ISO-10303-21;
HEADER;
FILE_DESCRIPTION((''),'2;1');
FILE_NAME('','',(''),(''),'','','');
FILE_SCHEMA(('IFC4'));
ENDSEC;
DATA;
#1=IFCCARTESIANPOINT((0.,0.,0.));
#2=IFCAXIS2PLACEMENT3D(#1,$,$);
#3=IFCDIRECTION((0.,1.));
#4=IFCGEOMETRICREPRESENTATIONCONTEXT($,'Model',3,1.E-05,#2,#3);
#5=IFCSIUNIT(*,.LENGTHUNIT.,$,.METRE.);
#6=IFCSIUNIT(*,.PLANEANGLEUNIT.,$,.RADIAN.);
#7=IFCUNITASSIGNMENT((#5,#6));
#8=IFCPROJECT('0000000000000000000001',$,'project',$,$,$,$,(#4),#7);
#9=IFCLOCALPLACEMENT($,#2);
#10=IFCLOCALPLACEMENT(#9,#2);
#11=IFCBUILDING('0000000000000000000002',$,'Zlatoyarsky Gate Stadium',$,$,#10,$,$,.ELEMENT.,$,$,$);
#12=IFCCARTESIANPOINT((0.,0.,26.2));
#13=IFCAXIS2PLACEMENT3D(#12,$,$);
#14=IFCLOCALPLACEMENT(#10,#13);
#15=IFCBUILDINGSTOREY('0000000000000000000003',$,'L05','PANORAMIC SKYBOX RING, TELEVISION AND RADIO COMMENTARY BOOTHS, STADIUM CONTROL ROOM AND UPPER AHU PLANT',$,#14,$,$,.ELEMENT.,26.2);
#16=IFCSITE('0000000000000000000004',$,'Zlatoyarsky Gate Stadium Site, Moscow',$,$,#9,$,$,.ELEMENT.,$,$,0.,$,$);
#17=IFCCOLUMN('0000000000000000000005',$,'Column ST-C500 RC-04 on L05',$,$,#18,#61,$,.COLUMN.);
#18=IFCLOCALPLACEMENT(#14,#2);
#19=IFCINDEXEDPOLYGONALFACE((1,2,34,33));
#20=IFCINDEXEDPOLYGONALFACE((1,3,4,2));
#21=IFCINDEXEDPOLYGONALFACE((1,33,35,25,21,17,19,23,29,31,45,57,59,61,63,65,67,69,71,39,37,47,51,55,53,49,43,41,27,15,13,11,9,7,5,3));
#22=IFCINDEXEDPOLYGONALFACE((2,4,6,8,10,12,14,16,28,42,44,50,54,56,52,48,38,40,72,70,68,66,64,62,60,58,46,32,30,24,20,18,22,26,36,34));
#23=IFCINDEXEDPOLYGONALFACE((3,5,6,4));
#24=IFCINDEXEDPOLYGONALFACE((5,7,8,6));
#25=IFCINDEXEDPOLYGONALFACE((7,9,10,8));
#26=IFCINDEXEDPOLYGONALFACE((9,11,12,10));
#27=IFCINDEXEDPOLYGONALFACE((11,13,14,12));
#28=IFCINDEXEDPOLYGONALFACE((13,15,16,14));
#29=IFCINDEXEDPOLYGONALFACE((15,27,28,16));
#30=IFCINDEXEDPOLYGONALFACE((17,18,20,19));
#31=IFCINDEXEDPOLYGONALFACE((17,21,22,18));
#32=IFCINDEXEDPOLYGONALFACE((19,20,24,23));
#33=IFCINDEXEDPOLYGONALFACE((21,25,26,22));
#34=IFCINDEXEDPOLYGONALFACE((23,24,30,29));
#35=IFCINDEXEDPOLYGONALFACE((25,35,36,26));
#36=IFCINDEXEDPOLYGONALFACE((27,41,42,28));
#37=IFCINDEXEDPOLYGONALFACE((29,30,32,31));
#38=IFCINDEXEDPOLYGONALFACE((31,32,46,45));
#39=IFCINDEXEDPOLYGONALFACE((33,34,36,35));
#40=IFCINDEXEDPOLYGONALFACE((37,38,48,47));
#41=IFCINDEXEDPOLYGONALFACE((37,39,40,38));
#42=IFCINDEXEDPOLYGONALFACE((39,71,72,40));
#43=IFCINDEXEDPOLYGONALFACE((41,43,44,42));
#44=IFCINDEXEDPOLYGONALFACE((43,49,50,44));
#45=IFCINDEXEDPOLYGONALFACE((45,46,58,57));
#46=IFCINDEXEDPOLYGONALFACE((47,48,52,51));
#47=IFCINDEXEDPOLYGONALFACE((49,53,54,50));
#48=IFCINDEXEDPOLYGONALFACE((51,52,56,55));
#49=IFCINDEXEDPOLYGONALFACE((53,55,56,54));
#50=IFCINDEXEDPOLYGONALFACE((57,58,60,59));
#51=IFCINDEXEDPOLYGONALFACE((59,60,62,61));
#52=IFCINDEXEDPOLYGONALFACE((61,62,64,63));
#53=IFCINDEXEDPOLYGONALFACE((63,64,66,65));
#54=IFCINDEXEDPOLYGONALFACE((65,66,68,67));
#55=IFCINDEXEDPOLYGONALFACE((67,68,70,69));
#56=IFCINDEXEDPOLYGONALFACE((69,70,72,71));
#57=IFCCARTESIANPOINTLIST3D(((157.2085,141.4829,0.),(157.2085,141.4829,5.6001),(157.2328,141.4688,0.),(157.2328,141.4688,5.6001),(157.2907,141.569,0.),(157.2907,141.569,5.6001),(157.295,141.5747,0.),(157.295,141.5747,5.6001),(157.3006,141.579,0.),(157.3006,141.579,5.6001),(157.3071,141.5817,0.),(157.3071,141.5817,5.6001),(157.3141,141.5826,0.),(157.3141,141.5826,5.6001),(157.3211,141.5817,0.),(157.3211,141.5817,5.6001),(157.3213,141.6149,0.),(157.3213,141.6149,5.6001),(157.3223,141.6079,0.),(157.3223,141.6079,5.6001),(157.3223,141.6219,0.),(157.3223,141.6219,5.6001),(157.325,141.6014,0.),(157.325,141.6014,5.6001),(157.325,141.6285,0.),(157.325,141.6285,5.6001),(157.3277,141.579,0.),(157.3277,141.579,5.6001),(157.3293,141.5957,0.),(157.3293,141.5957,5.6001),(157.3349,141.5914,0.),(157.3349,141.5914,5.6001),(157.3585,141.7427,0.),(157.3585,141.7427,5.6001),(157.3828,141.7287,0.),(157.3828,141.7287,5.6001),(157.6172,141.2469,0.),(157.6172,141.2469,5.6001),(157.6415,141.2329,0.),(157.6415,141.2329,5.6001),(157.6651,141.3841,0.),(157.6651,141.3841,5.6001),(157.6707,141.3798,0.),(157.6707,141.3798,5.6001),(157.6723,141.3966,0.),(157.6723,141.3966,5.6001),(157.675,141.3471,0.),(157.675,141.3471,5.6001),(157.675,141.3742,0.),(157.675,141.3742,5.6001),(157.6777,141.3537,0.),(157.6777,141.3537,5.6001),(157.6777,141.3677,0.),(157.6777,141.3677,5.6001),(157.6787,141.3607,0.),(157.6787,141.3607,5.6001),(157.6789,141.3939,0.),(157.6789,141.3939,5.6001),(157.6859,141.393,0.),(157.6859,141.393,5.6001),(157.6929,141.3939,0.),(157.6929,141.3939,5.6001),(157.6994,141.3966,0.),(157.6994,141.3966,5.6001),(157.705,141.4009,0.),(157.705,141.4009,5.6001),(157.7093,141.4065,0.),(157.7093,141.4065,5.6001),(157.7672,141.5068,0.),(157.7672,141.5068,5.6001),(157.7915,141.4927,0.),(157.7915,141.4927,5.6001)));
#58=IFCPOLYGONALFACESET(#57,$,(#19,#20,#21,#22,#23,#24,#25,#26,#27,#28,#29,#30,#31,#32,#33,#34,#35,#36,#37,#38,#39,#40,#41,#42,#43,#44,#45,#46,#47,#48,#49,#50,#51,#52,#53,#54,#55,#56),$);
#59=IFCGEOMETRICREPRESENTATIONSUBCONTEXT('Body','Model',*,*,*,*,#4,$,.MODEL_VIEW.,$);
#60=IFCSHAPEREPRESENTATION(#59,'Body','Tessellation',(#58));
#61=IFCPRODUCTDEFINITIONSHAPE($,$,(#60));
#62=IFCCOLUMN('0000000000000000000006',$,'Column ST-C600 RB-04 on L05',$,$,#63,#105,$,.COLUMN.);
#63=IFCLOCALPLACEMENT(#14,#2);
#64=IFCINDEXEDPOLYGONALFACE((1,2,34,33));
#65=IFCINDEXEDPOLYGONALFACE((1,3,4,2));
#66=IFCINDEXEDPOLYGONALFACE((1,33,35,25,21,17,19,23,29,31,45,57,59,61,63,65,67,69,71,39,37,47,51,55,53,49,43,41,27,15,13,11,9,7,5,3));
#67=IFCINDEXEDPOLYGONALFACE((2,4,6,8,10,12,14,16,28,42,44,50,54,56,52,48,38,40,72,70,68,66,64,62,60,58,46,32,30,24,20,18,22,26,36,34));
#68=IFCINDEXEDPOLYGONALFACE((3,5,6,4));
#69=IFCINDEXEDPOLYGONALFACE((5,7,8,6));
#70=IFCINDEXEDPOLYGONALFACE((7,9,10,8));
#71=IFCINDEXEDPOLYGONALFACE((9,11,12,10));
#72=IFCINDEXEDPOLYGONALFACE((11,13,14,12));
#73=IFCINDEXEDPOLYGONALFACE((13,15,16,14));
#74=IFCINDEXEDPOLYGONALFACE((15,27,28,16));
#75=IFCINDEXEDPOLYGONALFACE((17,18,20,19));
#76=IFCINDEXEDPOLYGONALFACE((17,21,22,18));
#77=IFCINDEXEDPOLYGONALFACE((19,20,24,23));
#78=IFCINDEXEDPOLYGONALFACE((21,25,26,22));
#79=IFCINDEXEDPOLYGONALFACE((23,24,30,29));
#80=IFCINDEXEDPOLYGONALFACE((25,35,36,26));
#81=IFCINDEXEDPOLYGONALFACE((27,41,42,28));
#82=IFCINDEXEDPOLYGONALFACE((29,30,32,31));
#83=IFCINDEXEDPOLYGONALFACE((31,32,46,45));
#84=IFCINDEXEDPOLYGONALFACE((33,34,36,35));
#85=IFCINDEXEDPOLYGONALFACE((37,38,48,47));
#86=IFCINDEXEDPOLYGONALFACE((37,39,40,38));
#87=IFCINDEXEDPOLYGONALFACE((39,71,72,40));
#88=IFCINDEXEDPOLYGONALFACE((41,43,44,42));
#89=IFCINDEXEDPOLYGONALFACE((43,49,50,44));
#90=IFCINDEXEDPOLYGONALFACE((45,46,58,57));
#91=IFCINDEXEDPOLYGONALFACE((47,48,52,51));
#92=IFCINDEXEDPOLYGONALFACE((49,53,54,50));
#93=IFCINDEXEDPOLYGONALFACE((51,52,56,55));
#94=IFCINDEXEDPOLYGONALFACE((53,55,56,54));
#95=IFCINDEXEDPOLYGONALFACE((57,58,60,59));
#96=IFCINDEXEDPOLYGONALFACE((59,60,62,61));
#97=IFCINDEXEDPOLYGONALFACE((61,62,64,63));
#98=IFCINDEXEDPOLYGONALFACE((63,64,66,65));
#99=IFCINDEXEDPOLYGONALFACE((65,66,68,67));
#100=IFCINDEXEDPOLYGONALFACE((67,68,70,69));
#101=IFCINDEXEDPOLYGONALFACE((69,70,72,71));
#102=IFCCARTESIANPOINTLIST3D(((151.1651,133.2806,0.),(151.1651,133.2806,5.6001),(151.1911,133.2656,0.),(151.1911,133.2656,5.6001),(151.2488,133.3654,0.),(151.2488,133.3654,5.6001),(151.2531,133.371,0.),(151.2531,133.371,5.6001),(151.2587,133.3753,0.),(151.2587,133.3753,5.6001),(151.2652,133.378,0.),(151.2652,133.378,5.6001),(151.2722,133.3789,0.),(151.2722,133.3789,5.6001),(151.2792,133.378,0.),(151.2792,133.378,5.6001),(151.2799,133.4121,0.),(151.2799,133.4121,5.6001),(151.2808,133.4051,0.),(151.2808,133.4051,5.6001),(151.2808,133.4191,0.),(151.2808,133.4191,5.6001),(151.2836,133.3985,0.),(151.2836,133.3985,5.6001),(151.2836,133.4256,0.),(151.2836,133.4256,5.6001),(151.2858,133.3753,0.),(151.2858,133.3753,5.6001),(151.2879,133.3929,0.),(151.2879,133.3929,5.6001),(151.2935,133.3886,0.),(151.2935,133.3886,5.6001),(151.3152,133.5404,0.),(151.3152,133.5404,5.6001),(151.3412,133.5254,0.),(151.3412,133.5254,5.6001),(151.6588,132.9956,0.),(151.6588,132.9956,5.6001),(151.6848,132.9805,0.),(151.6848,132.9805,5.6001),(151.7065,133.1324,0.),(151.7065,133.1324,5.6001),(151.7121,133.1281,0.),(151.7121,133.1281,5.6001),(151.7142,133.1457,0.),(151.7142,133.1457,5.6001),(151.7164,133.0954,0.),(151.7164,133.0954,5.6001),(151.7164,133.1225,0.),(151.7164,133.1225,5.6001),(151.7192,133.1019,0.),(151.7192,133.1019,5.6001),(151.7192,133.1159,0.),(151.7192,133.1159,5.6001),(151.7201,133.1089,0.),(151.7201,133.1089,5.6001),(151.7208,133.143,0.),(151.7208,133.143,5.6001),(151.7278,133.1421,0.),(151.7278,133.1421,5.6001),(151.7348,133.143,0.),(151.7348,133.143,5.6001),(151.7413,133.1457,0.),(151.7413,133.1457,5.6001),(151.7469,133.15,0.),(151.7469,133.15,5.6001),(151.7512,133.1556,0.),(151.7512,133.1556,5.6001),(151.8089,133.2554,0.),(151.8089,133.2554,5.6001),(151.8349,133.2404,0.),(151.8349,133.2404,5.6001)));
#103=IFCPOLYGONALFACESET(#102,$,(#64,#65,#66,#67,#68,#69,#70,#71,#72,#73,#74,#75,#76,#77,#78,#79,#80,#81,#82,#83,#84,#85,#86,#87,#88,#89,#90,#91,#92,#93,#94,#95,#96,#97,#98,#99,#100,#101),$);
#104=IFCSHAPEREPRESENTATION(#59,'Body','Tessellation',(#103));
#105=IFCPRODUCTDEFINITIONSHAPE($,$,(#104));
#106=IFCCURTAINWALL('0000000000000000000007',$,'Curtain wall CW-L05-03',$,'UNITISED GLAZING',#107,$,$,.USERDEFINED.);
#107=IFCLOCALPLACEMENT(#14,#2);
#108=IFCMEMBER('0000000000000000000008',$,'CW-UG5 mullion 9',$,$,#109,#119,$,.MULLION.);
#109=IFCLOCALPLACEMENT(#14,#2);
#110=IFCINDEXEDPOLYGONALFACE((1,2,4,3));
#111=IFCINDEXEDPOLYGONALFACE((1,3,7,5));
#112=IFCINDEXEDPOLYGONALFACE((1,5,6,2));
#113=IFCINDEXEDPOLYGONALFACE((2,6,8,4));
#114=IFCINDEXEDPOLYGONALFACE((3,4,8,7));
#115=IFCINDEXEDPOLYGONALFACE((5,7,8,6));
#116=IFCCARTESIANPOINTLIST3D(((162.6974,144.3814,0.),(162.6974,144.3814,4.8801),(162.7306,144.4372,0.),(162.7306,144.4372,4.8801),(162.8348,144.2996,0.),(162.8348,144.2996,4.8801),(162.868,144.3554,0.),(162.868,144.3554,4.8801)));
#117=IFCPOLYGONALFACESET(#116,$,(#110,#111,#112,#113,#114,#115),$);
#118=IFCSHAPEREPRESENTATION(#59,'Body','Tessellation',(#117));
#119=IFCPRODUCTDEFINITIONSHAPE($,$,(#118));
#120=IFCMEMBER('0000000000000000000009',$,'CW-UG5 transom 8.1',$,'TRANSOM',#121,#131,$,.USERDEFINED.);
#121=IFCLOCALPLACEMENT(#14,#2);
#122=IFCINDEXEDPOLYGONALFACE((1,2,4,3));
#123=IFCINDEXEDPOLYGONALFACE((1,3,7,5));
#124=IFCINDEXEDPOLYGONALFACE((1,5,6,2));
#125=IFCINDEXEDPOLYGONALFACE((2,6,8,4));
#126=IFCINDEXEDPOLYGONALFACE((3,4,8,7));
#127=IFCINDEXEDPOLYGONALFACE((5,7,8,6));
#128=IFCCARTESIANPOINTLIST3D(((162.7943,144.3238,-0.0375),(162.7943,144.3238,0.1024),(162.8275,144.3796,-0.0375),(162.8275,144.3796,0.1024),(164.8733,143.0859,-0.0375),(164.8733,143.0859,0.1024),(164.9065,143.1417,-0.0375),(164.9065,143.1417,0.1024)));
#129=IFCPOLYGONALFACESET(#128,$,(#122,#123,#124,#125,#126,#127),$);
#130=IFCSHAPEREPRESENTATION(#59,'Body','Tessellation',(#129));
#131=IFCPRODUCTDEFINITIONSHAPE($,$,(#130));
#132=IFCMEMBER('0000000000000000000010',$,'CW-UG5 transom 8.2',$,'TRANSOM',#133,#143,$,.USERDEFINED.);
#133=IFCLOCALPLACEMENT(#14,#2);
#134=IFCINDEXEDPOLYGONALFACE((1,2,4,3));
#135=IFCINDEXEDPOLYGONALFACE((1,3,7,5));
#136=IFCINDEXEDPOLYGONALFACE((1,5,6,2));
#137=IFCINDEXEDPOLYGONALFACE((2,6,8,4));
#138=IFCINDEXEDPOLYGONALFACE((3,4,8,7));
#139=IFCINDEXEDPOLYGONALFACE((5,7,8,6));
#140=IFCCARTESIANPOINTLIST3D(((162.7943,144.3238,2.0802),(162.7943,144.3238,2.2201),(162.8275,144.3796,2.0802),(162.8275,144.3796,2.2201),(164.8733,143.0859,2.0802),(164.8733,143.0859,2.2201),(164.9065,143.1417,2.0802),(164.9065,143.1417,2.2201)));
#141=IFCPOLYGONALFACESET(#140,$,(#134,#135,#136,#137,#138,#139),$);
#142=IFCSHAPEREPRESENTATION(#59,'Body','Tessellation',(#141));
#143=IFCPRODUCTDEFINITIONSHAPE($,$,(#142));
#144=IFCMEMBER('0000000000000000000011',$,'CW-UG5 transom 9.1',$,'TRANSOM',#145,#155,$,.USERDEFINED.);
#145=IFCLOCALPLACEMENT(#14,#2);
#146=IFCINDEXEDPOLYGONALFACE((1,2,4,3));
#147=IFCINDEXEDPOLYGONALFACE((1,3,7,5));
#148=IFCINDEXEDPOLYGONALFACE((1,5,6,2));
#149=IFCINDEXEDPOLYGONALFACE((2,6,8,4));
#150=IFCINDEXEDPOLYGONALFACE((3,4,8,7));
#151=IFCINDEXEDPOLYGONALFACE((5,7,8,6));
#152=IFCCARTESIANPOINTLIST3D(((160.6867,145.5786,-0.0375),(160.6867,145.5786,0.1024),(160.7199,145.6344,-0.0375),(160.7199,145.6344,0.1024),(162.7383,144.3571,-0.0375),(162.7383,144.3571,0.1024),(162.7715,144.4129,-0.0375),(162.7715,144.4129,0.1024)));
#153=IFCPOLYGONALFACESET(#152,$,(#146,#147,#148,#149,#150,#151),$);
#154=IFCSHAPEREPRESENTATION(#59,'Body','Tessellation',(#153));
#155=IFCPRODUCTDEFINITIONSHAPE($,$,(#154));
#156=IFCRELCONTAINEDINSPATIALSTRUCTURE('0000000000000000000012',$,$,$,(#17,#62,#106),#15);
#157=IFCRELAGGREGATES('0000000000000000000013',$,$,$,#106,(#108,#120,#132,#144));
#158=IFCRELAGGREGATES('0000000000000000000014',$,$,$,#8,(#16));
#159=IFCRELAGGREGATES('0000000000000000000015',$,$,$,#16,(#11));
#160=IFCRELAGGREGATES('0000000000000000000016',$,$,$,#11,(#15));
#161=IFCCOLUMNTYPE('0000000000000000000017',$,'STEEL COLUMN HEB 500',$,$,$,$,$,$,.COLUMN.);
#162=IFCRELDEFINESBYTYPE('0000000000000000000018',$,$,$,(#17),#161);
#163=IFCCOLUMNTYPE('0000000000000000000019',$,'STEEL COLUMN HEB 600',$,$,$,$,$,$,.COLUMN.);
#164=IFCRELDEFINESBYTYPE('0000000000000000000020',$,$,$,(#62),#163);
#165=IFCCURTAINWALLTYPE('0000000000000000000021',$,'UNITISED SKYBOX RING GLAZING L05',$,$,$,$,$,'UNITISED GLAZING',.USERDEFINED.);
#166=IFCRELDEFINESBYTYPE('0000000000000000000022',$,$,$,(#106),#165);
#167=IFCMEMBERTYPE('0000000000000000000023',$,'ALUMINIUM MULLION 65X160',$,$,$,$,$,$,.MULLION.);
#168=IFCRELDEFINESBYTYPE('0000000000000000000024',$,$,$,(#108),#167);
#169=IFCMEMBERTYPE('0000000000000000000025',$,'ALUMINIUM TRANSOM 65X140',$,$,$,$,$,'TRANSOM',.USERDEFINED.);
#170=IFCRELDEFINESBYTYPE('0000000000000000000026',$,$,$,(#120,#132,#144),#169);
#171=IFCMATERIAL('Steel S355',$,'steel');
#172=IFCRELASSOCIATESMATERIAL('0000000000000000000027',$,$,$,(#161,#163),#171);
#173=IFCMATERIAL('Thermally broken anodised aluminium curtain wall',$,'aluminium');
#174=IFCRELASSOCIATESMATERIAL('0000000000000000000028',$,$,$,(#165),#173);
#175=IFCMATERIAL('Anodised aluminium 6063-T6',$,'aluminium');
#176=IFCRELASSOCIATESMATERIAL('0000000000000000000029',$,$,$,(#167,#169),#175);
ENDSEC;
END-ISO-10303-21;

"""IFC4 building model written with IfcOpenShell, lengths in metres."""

from ifc_helpers import new_model, si_unit, direction, frame, origin, origin_2d, place, context, subcontext, project, spatial, rectangle, i_section, extrude, material, material_profile, profile_set, type_object, element, aggregate, save


model = new_model("IFC4")

# Units and contexts
model_context = context("Model", 3, precision=1e-05, world=origin(), true_north=direction((0.0, 1.0)))
body_context = subcontext(model_context, "Body", "Model", "MODEL_VIEW")
ifc_project = project(units=[si_unit("LENGTHUNIT", "METRE"), si_unit("PLANEANGLEUNIT", "RADIAN")], contexts=[model_context])

# Site, building, storey
site_placement = place(None, origin())
site = spatial("IfcSite", under=ifc_project, at=site_placement, Name="Zlatoyarsky Gate Stadium Site, Moscow", CompositionType="ELEMENT", RefElevation=0.0)
building_placement = place(site_placement, origin())
building = spatial("IfcBuilding", under=site, at=building_placement, Name="Zlatoyarsky Gate Stadium", CompositionType="ELEMENT")
storey_placement = place(building_placement, frame((0.0, 0.0, 26.2)))
storey = spatial("IfcBuildingStorey", under=building, at=storey_placement, Name="L05", Description="PANORAMIC SKYBOX RING, TELEVISION AND RADIO COMMENTARY BOOTHS, STADIUM CONTROL ROOM AND UPPER AHU PLANT", CompositionType="ELEMENT", Elevation=26.2)

# Columns
ifc_material_1 = material(Name="Steel S355", Category="steel")
ifc_material_profile_1 = material_profile(ifc_material_1, i_section(OverallWidth=0.3, OverallDepth=0.5, WebThickness=0.0144, FlangeThickness=0.0281, FilletRadius=0.0271, at=origin_2d()), Name="HEB 500")
ifc_profile_set_1 = profile_set([ifc_material_profile_1], Name="Steel S355")
column_type_1 = type_object("IfcColumnType", Name="STEEL COLUMN HEB 500", PredefinedType="COLUMN", material=ifc_profile_set_1)
column_1_placement = place(storey_placement, frame((157.5, 141.4878, 0.0), z_axis=(0.0, 0.0, 1.0), x_axis=(0.5, 0.866025, 0.0)))
element("IfcColumn", 1, at=column_1_placement, inside=storey, type_object=column_type_1, Name="Column ST-C500 RC-04 on L05", PredefinedType="COLUMN", context=body_context, shape_type="SweptSolid", body=[
    extrude(i_section(OverallWidth=0.3, OverallDepth=0.5, WebThickness=0.0144, FlangeThickness=0.0281, FilletRadius=0.0271, at=origin_2d()), origin(), (0.0, 0.0, 1.0), 5.6001),
])
ifc_material_profile_2 = material_profile(ifc_material_1, i_section(OverallWidth=0.3, OverallDepth=0.6001, WebThickness=0.0154, FlangeThickness=0.03, FilletRadius=0.0271, at=origin_2d()), Name="HEB 600")
ifc_profile_set_2 = profile_set([ifc_material_profile_2], Name="Steel S355")
column_type_2 = type_object("IfcColumnType", Name="STEEL COLUMN HEB 600", PredefinedType="COLUMN", material=ifc_profile_set_2)
column_2_placement = place(storey_placement, frame((151.5, 133.2605, 0.0), z_axis=(0.0, 0.0, 1.0), x_axis=(0.5, 0.866025, 0.0)))
element("IfcColumn", 2, at=column_2_placement, inside=storey, type_object=column_type_2, Name="Column ST-C600 RB-04 on L05", PredefinedType="COLUMN", context=body_context, shape_type="SweptSolid", body=[
    extrude(i_section(OverallWidth=0.3, OverallDepth=0.6001, WebThickness=0.0154, FlangeThickness=0.03, FilletRadius=0.0271, at=origin_2d()), origin(), (0.0, 0.0, 1.0), 5.6001),
])

# Curtain wall, members
ifc_material_2 = material(Name="Thermally broken anodised aluminium curtain wall", Category="aluminium")
curtain_wall_type = type_object("IfcCurtainWallType", Name="UNITISED SKYBOX RING GLAZING L05", ElementType="UNITISED GLAZING", PredefinedType="USERDEFINED", material=ifc_material_2)
curtain_wall_placement = place(storey_placement, origin())
curtain_wall = element("IfcCurtainWall", 3, at=curtain_wall_placement, inside=storey, type_object=curtain_wall_type, Name="Curtain wall CW-L05-03", ObjectType="UNITISED GLAZING", PredefinedType="USERDEFINED")
ifc_material_3 = material(Name="Anodised aluminium 6063-T6", Category="aluminium")
ifc_material_profile_3 = material_profile(ifc_material_3, rectangle(XDim=0.0649, YDim=0.1599, at=origin_2d()), Name="ALU 65X160")
ifc_profile_set_3 = profile_set([ifc_material_profile_3], Name="Anodised aluminium 6063-T6")
member_type_1 = type_object("IfcMemberType", Name="ALUMINIUM MULLION 65X160", PredefinedType="MULLION", material=ifc_profile_set_3)
member_1_placement = place(storey_placement, frame((162.7827, 144.3684, 0.0), z_axis=(0.0, 0.0, 1.0), x_axis=(-0.511577, -0.859237, 0.0)))
member_1 = element("IfcMember", 4, at=member_1_placement, type_object=member_type_1, Name="CW-UG5 mullion 9", PredefinedType="MULLION", context=body_context, shape_type="SweptSolid", body=[
    extrude(rectangle(XDim=0.0649, YDim=0.1599, at=origin_2d()), origin(), (0.0, 0.0, 1.0), 4.8801),
])
ifc_material_profile_4 = material_profile(ifc_material_3, rectangle(XDim=0.0649, YDim=0.1399, at=origin_2d()), Name="ALU 65X140")
ifc_profile_set_4 = profile_set([ifc_material_profile_4], Name="Anodised aluminium 6063-T6")
member_type_2 = type_object("IfcMemberType", Name="ALUMINIUM TRANSOM 65X140", ElementType="TRANSOM", PredefinedType="USERDEFINED", material=ifc_profile_set_4)
member_2_placement = place(storey_placement, frame((164.8899, 143.1138, 0.0325), z_axis=(-0.859206, 0.511629, 0.0), x_axis=(-0.511629, -0.859206, 0.0)))
member_2 = element("IfcMember", 5, at=member_2_placement, type_object=member_type_2, Name="CW-UG5 transom 8.1", ObjectType="TRANSOM", PredefinedType="USERDEFINED", context=body_context, shape_type="SweptSolid", body=[
    extrude(rectangle(XDim=0.0649, YDim=0.1399, at=origin_2d()), origin(), (0.0, 0.0, 1.0), 2.4197),
])
member_3_placement = place(storey_placement, frame((164.8899, 143.1138, 2.1501), z_axis=(-0.859206, 0.511629, 0.0), x_axis=(-0.511629, -0.859206, 0.0)))
member_3 = element("IfcMember", 6, at=member_3_placement, type_object=member_type_2, Name="CW-UG5 transom 8.2", ObjectType="TRANSOM", PredefinedType="USERDEFINED", context=body_context, shape_type="SweptSolid", body=[
    extrude(rectangle(XDim=0.0649, YDim=0.1399, at=origin_2d()), origin(), (0.0, 0.0, 1.0), 2.4197),
])
member_4_placement = place(storey_placement, frame((162.7549, 144.385, 0.0325), z_axis=(-0.859238, 0.511576, 0.0), x_axis=(-0.511576, -0.859238, 0.0)))
member_4 = element("IfcMember", 7, at=member_4_placement, type_object=member_type_2, Name="CW-UG5 transom 9.1", ObjectType="TRANSOM", PredefinedType="USERDEFINED", context=body_context, shape_type="SweptSolid", body=[
    extrude(rectangle(XDim=0.0649, YDim=0.1399, at=origin_2d()), origin(), (0.0, 0.0, 1.0), 2.3877),
])

aggregate(curtain_wall, [member_1, member_2, member_3, member_4])

save(model, "model.ifc")
